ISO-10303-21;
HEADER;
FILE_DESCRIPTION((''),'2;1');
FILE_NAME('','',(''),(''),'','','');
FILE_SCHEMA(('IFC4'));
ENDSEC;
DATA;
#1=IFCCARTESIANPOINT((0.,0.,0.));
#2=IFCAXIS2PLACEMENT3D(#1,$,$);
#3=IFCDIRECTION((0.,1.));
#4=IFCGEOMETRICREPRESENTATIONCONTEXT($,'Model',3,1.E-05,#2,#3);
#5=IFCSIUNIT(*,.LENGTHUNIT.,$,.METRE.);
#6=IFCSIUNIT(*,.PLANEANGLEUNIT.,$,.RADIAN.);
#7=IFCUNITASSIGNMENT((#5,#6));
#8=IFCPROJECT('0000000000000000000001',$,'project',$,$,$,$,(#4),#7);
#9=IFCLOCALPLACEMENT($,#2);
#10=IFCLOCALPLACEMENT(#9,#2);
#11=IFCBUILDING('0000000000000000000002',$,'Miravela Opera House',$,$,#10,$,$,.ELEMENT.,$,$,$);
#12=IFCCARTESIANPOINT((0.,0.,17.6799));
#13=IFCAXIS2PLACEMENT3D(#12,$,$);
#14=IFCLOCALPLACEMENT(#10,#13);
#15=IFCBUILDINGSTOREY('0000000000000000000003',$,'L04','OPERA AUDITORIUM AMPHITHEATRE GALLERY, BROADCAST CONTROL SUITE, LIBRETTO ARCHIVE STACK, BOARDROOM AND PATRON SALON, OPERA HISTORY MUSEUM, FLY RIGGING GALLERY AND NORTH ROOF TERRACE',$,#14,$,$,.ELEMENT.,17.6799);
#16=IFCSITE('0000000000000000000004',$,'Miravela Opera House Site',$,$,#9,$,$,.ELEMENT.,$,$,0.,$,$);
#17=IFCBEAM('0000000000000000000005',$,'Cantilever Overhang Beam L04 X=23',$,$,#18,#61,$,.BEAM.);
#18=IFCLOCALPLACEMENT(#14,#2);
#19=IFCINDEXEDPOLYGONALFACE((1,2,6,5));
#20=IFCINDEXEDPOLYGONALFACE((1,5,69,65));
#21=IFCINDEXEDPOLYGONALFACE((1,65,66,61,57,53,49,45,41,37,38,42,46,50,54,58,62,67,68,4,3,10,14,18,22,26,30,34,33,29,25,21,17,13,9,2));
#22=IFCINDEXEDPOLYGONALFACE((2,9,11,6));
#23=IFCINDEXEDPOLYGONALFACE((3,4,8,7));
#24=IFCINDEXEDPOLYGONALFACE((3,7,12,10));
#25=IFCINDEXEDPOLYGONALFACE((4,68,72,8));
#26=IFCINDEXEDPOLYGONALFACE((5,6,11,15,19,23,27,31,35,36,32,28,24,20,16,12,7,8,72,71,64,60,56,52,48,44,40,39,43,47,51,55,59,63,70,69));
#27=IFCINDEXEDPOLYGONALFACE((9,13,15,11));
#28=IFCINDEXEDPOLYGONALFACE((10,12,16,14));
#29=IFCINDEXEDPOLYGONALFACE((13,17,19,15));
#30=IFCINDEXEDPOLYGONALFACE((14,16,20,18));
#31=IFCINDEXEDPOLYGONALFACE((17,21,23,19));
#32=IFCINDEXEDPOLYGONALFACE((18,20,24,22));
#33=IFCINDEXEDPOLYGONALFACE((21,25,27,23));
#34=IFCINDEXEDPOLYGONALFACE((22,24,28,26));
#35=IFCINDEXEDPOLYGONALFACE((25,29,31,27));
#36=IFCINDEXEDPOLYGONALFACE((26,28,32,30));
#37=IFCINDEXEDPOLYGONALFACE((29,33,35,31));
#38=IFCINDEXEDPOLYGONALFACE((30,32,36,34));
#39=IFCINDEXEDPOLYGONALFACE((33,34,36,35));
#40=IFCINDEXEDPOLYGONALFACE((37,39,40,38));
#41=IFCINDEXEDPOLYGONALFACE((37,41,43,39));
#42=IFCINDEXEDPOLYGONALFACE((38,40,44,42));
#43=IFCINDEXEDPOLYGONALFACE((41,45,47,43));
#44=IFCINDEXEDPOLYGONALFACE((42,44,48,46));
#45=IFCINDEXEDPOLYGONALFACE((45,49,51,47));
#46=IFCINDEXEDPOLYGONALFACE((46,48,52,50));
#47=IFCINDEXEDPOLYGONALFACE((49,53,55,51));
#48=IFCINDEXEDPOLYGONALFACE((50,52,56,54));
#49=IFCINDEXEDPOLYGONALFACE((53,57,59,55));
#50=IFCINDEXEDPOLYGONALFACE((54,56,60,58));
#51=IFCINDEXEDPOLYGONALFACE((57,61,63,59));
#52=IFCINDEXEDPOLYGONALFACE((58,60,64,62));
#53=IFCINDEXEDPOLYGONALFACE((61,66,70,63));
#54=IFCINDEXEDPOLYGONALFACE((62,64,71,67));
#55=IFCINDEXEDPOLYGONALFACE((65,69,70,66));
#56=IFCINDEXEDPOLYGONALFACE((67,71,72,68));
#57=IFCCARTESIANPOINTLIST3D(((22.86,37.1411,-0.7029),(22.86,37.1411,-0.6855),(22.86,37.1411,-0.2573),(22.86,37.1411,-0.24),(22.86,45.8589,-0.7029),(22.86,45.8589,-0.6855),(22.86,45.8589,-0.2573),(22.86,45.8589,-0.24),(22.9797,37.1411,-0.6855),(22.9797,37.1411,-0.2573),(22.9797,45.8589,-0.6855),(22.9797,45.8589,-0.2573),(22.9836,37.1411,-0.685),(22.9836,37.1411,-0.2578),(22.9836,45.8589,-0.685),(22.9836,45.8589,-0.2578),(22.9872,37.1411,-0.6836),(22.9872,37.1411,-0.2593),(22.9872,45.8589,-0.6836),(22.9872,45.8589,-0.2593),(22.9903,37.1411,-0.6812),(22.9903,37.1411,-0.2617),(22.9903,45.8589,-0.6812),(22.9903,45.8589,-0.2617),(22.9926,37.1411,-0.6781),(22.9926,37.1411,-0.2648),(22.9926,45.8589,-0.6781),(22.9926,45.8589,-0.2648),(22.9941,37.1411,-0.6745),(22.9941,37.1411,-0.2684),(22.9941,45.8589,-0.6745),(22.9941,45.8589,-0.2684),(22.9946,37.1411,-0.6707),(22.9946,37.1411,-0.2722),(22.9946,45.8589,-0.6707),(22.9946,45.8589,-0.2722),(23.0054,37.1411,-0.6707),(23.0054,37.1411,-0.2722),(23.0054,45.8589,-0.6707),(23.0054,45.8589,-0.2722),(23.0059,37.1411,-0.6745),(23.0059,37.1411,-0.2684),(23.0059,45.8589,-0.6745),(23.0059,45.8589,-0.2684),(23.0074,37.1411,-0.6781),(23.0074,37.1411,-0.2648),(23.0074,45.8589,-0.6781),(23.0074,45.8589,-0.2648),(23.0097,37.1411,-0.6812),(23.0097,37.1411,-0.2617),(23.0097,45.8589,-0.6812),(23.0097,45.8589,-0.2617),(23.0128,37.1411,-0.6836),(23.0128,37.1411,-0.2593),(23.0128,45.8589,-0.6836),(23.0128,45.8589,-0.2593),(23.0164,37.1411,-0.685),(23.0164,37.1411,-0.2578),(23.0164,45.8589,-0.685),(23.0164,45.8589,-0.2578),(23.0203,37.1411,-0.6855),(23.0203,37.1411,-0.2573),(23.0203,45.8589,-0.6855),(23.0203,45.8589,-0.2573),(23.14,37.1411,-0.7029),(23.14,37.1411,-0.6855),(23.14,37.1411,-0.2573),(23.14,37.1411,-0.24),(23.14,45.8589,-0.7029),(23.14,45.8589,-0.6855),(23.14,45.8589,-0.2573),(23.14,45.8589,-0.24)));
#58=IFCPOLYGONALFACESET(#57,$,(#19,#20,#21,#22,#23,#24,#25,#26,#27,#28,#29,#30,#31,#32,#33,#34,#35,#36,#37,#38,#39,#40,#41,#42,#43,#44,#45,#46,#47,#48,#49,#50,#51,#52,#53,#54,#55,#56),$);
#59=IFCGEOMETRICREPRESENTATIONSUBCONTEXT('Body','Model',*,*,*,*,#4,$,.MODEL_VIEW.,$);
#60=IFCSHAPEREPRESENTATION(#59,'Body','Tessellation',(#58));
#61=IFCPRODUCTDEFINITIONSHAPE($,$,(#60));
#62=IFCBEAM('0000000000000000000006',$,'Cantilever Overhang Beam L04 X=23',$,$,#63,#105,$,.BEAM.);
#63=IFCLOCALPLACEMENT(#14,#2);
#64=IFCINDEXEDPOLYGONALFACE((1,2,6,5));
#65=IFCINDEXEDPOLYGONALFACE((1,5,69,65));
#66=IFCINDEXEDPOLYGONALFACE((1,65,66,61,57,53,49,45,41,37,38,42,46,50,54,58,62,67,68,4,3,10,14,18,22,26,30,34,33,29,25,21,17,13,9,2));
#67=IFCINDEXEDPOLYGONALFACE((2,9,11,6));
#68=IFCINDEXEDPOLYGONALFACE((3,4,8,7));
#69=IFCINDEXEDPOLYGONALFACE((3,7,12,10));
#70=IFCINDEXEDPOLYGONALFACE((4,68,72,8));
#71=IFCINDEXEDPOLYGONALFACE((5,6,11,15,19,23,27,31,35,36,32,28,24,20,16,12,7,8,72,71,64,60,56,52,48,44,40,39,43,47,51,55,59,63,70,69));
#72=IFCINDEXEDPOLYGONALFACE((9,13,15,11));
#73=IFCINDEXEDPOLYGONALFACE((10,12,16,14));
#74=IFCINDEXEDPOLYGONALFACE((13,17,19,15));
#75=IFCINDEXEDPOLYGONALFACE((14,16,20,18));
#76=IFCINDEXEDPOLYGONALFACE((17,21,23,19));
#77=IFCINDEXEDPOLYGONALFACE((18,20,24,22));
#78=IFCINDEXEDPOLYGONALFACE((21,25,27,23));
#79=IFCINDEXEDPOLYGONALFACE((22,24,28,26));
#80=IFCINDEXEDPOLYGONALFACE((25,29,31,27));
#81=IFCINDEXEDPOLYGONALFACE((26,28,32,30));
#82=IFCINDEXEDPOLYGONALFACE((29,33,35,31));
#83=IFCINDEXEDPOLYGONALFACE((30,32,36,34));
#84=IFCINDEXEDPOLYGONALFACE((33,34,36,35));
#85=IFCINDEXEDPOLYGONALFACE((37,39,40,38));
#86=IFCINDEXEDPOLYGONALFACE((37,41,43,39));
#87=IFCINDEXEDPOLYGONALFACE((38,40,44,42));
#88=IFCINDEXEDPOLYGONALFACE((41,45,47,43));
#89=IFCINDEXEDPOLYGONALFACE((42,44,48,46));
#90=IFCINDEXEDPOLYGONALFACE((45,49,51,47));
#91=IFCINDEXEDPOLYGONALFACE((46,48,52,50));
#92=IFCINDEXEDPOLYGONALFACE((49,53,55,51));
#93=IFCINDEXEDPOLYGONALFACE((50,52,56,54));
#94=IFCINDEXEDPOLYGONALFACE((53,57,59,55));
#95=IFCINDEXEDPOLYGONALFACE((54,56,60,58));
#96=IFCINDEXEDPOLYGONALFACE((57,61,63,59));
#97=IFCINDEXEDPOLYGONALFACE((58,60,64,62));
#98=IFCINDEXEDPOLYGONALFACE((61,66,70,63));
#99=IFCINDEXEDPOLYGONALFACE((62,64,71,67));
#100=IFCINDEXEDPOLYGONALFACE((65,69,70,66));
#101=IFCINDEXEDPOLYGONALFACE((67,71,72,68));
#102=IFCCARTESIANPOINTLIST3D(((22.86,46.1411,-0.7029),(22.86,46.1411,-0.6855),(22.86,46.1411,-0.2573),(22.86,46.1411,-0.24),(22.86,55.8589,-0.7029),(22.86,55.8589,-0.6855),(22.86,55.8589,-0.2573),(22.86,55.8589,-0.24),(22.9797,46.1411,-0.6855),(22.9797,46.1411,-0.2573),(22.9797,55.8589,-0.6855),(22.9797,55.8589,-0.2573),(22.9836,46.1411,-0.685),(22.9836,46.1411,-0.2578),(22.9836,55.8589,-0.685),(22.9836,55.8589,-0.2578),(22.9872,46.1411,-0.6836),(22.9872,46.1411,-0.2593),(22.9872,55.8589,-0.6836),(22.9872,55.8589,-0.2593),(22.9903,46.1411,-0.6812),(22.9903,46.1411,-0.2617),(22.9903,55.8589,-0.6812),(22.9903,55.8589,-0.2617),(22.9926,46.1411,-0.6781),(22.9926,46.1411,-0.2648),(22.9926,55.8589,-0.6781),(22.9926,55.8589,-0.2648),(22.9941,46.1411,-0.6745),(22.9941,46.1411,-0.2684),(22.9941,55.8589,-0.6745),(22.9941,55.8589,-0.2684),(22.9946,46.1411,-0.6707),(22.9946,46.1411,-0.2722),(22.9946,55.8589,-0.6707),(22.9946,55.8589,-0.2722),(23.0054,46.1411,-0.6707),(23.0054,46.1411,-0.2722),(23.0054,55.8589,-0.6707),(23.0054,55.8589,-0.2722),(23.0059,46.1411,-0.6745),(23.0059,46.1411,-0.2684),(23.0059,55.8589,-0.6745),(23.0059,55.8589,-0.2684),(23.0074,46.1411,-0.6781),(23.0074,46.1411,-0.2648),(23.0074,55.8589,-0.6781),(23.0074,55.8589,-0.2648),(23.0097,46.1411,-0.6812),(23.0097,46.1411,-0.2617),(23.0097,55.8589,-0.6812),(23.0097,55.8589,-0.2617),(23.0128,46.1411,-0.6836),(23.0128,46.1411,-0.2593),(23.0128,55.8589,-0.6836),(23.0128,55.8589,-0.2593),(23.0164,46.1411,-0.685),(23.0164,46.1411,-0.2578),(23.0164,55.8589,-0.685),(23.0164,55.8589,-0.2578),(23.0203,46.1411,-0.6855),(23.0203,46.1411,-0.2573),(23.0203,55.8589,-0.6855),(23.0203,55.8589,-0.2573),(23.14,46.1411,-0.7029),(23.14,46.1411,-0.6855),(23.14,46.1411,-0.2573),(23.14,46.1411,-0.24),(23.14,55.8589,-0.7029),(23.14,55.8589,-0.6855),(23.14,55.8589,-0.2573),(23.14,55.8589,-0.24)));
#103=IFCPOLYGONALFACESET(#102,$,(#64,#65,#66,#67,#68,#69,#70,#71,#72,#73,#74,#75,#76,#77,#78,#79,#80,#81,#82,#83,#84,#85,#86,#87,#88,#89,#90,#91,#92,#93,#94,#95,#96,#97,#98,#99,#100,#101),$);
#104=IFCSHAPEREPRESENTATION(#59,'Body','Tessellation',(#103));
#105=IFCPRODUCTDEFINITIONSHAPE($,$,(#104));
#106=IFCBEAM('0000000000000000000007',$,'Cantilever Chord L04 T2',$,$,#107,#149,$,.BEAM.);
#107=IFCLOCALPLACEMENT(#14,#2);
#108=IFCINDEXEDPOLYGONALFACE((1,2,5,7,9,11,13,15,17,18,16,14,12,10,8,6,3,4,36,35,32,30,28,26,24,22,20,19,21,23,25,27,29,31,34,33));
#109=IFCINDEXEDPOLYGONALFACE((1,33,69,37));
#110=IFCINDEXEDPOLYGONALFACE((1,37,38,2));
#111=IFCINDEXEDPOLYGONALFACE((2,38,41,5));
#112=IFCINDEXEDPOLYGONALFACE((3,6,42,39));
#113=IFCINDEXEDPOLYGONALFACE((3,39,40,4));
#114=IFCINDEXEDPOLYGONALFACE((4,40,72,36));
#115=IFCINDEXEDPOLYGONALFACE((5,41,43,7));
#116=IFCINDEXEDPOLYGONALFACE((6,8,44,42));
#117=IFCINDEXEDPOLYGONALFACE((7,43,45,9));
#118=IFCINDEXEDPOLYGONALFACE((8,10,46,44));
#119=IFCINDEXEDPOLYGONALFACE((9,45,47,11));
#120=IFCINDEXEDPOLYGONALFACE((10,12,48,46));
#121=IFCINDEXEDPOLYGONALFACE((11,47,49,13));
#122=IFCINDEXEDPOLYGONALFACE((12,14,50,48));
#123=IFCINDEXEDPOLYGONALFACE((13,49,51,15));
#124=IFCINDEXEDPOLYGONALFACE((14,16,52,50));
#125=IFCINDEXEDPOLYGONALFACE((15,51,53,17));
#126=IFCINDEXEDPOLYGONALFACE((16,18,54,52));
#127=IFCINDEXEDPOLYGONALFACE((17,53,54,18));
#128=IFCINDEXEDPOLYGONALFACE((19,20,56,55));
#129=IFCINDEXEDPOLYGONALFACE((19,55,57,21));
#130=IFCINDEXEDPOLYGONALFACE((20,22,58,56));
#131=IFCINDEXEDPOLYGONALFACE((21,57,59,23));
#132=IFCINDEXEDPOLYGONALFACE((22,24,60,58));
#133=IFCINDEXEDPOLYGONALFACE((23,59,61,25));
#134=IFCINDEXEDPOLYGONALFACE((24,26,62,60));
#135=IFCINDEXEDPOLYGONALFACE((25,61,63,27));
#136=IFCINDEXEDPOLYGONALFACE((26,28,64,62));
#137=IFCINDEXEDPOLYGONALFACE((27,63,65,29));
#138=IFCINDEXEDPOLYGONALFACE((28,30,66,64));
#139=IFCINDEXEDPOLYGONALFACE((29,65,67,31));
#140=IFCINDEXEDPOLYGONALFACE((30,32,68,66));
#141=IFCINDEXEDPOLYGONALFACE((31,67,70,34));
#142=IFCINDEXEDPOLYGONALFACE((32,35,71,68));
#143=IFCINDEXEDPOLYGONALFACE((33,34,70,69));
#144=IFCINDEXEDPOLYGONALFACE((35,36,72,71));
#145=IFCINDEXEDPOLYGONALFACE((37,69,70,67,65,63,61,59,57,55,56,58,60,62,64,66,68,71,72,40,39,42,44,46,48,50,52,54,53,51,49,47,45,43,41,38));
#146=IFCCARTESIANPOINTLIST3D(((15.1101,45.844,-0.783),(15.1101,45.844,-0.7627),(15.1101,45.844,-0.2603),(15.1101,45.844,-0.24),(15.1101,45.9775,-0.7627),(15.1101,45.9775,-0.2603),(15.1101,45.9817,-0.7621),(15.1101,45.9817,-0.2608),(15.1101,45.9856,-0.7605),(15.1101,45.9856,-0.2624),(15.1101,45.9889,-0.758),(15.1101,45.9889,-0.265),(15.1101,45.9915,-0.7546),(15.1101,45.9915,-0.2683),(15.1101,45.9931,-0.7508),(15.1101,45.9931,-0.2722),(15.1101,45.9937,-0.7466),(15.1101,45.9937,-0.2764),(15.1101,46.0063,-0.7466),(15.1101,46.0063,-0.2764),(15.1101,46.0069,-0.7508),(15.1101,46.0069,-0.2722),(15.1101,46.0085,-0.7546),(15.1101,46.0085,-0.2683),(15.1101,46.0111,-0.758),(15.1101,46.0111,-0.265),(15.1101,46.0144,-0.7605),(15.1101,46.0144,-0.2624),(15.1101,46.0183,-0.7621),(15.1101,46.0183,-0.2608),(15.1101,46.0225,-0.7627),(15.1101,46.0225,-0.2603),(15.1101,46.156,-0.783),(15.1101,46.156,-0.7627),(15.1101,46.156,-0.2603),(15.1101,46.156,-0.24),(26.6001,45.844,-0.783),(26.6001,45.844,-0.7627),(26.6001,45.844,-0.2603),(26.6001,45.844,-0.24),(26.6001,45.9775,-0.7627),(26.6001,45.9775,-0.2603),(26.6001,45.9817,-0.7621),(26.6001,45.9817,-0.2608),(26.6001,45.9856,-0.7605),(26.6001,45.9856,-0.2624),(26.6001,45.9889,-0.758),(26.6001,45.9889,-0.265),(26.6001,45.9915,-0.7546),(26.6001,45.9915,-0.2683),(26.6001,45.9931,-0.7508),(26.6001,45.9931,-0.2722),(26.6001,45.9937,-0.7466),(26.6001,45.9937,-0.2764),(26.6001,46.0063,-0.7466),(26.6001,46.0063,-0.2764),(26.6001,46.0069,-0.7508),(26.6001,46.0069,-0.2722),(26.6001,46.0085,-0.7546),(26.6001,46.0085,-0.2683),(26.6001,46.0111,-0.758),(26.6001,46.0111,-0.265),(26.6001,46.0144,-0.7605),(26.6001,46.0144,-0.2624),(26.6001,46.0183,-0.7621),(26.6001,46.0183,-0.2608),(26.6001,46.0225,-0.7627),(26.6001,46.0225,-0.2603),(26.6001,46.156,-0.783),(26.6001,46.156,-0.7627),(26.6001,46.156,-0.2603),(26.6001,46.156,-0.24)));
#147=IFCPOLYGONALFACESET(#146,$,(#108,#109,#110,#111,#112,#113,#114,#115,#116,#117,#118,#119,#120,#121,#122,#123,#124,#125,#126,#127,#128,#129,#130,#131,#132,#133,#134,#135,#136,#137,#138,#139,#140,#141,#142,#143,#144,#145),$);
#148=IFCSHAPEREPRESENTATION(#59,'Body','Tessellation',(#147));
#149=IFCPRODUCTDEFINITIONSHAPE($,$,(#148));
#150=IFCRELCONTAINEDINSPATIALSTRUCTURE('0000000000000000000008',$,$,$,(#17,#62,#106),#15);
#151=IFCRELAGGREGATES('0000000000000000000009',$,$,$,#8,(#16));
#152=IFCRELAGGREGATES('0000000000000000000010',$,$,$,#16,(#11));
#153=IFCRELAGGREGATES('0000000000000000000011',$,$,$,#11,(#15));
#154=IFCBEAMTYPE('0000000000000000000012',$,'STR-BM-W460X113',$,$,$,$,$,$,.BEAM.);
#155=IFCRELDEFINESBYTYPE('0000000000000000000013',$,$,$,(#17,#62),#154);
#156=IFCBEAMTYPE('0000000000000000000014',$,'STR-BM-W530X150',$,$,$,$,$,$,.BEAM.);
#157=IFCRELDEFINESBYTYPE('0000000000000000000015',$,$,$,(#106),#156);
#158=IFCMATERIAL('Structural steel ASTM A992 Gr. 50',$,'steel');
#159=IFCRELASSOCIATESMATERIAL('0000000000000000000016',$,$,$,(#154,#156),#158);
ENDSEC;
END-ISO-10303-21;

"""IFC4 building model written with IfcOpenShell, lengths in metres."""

from ifc_helpers import new_model, si_unit, direction, frame, origin, origin_2d, place, context, subcontext, project, spatial, i_section, extrude, material, material_profile, profile_set, type_object, element, save


model = new_model("IFC4")

# Units and contexts
model_context = context("Model", 3, precision=1e-05, world=origin(), true_north=direction((0.0, 1.0)))
body_context = subcontext(model_context, "Body", "Model", "MODEL_VIEW")
ifc_project = project(units=[si_unit("LENGTHUNIT", "METRE"), si_unit("PLANEANGLEUNIT", "RADIAN")], contexts=[model_context])

# Site, building, storey
site_placement = place(None, origin())
site = spatial("IfcSite", under=ifc_project, at=site_placement, Name="Miravela Opera House Site", CompositionType="ELEMENT", RefElevation=0.0)
building_placement = place(site_placement, origin())
building = spatial("IfcBuilding", under=site, at=building_placement, Name="Miravela Opera House", CompositionType="ELEMENT")
storey_placement = place(building_placement, frame((0.0, 0.0, 17.6799)))
storey = spatial("IfcBuildingStorey", under=building, at=storey_placement, Name="L04", Description="OPERA AUDITORIUM AMPHITHEATRE GALLERY, BROADCAST CONTROL SUITE, LIBRETTO ARCHIVE STACK, BOARDROOM AND PATRON SALON, OPERA HISTORY MUSEUM, FLY RIGGING GALLERY AND NORTH ROOF TERRACE", CompositionType="ELEMENT", Elevation=17.6799)

# Beams
ifc_material_1 = material(Name="Structural steel ASTM A992 Gr. 50", Category="steel")
ifc_material_profile_1 = material_profile(ifc_material_1, i_section(OverallWidth=0.28, OverallDepth=0.4629, WebThickness=0.0107, FlangeThickness=0.0173, FilletRadius=0.0149, at=origin_2d()), Name="W460X113")
ifc_profile_set_1 = profile_set([ifc_material_profile_1])
beam_type_1 = type_object("IfcBeamType", Name="STR-BM-W460X113", PredefinedType="BEAM", material=ifc_profile_set_1)
beam_1_placement = place(storey_placement, frame((23.0, 37.1411, -0.4714), z_axis=(0.0, 1.0, 0.0), x_axis=(-1.0, 0.0, 0.0)))
element("IfcBeam", 1, at=beam_1_placement, inside=storey, type_object=beam_type_1, Name="Cantilever Overhang Beam L04 X=23", PredefinedType="BEAM", context=body_context, shape_type="SweptSolid", body=[
    extrude(i_section(OverallWidth=0.28, OverallDepth=0.4629, WebThickness=0.0107, FlangeThickness=0.0173, FilletRadius=0.0149, at=origin_2d()), origin(), (0.0, 0.0, 1.0), 8.7178),
])
beam_2_placement = place(storey_placement, frame((23.0, 46.1411, -0.4714), z_axis=(0.0, 1.0, 0.0), x_axis=(-1.0, 0.0, 0.0)))
element("IfcBeam", 2, at=beam_2_placement, inside=storey, type_object=beam_type_1, Name="Cantilever Overhang Beam L04 X=23", PredefinedType="BEAM", context=body_context, shape_type="SweptSolid", body=[
    extrude(i_section(OverallWidth=0.28, OverallDepth=0.4629, WebThickness=0.0107, FlangeThickness=0.0173, FilletRadius=0.0149, at=origin_2d()), origin(), (0.0, 0.0, 1.0), 9.7178),
])
ifc_material_profile_2 = material_profile(ifc_material_1, i_section(OverallWidth=0.312, OverallDepth=0.543, WebThickness=0.0127, FlangeThickness=0.0203, FilletRadius=0.0161, at=origin_2d()), Name="W530X150")
ifc_profile_set_2 = profile_set([ifc_material_profile_2])
beam_type_2 = type_object("IfcBeamType", Name="STR-BM-W530X150", PredefinedType="BEAM", material=ifc_profile_set_2)
beam_3_placement = place(storey_placement, frame((15.1101, 46.0, -0.5115), z_axis=(1.0, 0.0, 0.0), x_axis=(0.0, 1.0, 0.0)))
element("IfcBeam", 3, at=beam_3_placement, inside=storey, type_object=beam_type_2, Name="Cantilever Chord L04 T2", PredefinedType="BEAM", context=body_context, shape_type="SweptSolid", body=[
    extrude(i_section(OverallWidth=0.312, OverallDepth=0.543, WebThickness=0.0127, FlangeThickness=0.0203, FilletRadius=0.0161, at=origin_2d()), origin(), (0.0, 0.0, 1.0), 11.49),
])

save(model, "model.ifc")
